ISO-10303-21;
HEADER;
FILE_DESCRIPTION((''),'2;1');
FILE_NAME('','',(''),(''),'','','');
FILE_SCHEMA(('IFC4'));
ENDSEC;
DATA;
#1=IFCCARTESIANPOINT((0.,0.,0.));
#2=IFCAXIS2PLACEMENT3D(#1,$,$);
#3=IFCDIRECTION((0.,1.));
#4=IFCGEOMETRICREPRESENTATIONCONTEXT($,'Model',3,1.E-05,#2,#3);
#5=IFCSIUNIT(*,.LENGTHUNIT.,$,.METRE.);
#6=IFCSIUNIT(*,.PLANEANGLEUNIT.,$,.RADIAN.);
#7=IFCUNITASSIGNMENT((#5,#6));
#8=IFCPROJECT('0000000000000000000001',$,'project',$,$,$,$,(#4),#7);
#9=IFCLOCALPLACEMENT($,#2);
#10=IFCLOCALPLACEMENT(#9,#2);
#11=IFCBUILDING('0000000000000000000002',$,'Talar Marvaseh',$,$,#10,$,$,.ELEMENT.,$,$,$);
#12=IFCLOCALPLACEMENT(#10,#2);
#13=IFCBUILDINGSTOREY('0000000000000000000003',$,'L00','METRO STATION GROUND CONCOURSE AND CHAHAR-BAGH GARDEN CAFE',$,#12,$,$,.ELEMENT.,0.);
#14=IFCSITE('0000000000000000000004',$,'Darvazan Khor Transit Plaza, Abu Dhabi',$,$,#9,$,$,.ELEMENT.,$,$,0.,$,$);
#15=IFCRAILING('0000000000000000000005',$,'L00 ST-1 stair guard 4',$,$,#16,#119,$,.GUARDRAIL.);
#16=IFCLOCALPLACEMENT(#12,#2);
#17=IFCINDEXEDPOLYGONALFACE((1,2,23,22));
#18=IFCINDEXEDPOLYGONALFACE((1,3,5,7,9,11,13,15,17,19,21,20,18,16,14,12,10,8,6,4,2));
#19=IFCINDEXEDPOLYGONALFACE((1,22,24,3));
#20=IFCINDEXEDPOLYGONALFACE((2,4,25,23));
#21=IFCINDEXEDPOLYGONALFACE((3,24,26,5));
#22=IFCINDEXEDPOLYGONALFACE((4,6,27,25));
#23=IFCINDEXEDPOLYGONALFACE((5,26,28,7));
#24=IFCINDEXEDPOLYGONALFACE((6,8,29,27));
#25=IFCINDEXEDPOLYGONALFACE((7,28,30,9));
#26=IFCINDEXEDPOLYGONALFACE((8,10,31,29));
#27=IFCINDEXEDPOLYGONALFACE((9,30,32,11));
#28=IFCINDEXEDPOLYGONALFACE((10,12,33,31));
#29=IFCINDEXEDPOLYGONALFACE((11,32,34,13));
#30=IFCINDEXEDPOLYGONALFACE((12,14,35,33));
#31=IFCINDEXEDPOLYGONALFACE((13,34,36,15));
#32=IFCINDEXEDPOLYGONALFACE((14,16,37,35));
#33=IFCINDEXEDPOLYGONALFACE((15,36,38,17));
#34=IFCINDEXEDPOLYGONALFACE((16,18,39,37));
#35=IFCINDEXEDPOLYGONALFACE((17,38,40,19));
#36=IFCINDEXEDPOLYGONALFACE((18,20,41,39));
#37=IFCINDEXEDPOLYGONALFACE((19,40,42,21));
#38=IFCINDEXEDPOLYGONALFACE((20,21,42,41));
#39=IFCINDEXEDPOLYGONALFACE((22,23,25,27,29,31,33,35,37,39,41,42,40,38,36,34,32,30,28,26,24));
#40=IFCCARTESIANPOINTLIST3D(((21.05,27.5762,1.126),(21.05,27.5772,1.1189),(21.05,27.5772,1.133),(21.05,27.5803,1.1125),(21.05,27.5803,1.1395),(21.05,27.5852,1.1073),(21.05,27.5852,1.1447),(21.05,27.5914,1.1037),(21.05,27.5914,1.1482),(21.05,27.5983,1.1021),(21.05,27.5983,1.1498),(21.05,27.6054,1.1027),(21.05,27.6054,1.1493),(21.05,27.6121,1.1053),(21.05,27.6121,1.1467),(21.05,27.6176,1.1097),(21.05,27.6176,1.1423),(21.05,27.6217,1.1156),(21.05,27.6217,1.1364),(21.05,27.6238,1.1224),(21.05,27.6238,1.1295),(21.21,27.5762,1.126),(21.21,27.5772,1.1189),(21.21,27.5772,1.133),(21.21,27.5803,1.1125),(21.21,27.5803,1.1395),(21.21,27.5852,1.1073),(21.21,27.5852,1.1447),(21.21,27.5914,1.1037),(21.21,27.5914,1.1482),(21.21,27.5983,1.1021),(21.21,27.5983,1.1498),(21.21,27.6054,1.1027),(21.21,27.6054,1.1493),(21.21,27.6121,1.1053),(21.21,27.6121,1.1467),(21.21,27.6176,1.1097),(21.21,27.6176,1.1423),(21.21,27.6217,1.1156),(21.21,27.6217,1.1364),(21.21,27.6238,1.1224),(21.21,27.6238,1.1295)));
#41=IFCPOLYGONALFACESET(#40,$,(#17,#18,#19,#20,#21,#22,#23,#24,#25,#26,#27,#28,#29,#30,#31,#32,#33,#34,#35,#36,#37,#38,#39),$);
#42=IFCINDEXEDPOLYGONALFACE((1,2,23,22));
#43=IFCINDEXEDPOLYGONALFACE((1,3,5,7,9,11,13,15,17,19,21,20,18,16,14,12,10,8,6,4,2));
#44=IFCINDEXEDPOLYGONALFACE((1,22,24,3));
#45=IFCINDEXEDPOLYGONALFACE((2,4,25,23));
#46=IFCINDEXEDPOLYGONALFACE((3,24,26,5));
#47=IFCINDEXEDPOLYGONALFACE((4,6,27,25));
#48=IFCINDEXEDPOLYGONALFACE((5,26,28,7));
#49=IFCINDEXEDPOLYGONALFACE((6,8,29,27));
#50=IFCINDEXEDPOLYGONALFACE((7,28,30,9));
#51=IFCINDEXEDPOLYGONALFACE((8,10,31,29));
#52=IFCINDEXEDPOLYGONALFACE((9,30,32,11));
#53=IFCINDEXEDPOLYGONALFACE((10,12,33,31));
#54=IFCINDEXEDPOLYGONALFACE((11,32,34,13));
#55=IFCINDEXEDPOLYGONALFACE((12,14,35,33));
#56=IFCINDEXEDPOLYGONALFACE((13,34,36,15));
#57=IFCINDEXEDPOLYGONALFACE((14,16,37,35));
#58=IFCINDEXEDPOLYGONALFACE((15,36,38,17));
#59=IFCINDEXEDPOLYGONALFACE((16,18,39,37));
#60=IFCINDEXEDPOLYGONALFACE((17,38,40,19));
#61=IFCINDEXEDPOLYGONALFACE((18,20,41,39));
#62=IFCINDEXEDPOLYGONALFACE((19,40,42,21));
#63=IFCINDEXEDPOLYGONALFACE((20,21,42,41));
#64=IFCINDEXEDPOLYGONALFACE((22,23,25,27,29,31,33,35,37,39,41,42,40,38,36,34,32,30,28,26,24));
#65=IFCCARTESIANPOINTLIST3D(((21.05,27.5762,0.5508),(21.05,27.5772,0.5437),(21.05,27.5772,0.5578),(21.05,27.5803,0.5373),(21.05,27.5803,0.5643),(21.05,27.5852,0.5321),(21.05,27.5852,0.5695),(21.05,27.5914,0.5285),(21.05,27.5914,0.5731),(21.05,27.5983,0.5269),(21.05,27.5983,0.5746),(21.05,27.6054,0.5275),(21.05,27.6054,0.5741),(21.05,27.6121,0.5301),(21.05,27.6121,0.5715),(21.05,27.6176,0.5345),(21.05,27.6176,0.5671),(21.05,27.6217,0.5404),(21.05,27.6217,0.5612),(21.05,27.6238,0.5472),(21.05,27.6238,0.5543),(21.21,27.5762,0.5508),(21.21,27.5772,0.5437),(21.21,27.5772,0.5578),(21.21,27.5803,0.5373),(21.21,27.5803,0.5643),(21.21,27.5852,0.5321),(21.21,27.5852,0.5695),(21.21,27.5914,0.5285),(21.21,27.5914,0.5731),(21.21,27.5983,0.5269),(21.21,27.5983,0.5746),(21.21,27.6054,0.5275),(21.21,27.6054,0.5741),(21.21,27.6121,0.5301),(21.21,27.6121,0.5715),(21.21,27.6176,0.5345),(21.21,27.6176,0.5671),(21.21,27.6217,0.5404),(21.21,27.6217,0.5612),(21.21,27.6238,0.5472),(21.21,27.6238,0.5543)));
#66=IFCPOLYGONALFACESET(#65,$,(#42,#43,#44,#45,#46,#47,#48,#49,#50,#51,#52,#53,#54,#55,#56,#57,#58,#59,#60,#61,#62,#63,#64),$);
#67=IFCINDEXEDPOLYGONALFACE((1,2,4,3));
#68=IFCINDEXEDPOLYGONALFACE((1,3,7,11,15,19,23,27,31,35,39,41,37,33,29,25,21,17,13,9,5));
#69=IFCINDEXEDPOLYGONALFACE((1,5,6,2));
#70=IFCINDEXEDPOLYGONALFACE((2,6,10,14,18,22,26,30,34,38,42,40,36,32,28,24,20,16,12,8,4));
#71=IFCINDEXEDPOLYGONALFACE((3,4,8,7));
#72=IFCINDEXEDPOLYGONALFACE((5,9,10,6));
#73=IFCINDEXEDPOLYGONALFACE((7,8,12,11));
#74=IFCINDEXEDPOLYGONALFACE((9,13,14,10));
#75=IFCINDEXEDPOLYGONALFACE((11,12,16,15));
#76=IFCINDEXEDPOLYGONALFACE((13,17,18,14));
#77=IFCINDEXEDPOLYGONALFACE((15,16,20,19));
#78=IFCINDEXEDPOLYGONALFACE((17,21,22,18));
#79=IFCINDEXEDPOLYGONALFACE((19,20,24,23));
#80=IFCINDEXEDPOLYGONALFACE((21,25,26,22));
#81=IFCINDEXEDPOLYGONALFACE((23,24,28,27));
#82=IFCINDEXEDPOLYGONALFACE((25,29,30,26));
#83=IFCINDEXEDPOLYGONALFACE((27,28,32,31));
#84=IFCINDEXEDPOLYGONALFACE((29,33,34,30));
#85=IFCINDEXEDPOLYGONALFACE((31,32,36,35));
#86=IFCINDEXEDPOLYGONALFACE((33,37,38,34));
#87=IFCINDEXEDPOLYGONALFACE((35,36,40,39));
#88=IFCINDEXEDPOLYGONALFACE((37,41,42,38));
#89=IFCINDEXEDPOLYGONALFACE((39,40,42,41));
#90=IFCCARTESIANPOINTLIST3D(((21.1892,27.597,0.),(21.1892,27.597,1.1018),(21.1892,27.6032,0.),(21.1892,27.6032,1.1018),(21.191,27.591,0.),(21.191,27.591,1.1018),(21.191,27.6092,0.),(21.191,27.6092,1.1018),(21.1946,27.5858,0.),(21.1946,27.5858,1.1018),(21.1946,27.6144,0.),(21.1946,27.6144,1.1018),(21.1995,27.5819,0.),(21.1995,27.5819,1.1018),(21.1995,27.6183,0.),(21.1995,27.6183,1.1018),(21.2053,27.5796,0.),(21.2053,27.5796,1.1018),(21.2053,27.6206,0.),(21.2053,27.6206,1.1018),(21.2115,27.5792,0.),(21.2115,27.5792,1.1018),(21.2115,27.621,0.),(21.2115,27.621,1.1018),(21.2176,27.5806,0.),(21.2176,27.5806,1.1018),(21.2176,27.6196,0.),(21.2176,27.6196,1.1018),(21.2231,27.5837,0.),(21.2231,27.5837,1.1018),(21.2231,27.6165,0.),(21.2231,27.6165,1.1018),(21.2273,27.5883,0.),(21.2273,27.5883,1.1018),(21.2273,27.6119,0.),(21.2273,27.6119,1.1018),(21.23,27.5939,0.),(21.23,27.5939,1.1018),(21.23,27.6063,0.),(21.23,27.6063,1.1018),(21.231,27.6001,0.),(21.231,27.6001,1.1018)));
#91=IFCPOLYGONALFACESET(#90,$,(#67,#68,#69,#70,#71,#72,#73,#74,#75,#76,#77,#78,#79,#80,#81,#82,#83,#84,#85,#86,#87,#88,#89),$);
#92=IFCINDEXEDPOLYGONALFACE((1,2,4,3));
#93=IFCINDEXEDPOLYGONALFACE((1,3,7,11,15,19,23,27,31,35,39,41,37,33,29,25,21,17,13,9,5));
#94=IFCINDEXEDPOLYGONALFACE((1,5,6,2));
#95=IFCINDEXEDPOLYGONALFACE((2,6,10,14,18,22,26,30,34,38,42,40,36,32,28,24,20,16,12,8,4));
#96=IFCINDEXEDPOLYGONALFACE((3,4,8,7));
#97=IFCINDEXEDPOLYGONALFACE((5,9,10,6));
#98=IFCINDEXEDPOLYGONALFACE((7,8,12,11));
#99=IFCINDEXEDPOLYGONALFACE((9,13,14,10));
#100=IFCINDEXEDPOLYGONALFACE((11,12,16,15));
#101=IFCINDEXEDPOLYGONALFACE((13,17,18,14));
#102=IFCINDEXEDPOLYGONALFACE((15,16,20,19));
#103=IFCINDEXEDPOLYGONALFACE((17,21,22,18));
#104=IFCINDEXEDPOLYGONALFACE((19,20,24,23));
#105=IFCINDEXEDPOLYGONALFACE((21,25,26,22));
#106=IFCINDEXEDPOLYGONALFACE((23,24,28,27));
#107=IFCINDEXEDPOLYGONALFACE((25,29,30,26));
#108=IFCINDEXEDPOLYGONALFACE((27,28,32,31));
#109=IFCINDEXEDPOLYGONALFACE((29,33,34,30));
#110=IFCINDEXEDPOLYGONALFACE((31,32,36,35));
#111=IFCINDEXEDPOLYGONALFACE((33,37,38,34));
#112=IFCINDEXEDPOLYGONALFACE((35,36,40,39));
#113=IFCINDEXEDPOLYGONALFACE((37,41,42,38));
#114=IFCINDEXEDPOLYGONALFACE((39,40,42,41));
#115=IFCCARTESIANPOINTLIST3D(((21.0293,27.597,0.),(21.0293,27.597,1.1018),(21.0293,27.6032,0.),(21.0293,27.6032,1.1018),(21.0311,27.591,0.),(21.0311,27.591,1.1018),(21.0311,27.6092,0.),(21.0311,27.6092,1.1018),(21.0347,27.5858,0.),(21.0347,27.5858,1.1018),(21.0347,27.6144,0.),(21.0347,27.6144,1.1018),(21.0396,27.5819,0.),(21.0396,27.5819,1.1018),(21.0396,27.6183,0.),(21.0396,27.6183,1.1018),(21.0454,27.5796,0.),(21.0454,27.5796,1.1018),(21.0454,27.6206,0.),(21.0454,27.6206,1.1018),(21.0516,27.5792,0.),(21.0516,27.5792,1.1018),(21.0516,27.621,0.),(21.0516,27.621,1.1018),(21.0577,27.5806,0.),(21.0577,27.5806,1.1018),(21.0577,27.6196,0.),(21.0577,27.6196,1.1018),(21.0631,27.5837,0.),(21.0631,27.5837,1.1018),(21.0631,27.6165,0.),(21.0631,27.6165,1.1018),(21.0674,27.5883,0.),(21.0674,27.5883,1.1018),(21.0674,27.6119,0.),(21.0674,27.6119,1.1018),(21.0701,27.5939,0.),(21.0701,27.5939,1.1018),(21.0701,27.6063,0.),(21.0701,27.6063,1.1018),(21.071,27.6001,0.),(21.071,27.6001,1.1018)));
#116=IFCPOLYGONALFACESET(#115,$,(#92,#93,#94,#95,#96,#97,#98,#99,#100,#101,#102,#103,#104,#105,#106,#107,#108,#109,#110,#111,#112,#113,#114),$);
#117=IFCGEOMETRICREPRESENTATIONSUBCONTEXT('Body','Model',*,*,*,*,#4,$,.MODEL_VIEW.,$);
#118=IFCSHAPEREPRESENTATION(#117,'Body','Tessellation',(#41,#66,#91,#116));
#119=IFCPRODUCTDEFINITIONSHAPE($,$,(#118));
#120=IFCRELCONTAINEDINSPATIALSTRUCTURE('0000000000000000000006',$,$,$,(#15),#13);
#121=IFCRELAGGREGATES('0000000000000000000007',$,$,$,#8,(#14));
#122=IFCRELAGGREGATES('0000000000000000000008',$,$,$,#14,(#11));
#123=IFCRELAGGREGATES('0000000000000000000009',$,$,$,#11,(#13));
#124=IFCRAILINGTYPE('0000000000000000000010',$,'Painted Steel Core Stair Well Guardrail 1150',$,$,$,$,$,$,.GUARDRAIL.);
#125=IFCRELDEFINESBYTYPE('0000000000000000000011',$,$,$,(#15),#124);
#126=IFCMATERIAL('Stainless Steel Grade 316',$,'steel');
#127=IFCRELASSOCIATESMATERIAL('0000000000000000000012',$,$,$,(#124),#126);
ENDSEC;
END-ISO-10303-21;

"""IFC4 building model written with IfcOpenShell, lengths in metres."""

from ifc_helpers import new_model, si_unit, direction, frame, origin, origin_2d, place, context, subcontext, project, spatial, circle, extrude, material, type_object, element, save


model = new_model("IFC4")

# Units and contexts
model_context = context("Model", 3, precision=1e-05, world=origin(), true_north=direction((0.0, 1.0)))
body_context = subcontext(model_context, "Body", "Model", "MODEL_VIEW")
ifc_project = project(units=[si_unit("LENGTHUNIT", "METRE"), si_unit("PLANEANGLEUNIT", "RADIAN")], contexts=[model_context])

# Site, building, storey
site_placement = place(None, origin())
site = spatial("IfcSite", under=ifc_project, at=site_placement, Name="Darvazan Khor Transit Plaza, Abu Dhabi", CompositionType="ELEMENT", RefElevation=0.0)
building_placement = place(site_placement, origin())
building = spatial("IfcBuilding", under=site, at=building_placement, Name="Talar Marvaseh", CompositionType="ELEMENT")
storey_placement = place(building_placement, origin())
storey = spatial("IfcBuildingStorey", under=building, at=storey_placement, Name="L00", Description="METRO STATION GROUND CONCOURSE AND CHAHAR-BAGH GARDEN CAFE", CompositionType="ELEMENT", Elevation=0.0)

# Shared definitions
ifc_material_1 = material(Name="Stainless Steel Grade 316", Category="steel")

# Railing
railing_type_1 = type_object("IfcRailingType", Name="Painted Steel Core Stair Well Guardrail 1150", PredefinedType="GUARDRAIL", material=ifc_material_1)
railing_1_placement = place(storey_placement, frame((21.21, 27.6001, 0.0)))
element("IfcRailing", 1, at=railing_1_placement, inside=storey, type_object=railing_type_1, Name="L00 ST-1 stair guard 4", PredefinedType="GUARDRAIL", context=body_context, shape_type="SweptSolid", body=[
    extrude(circle(Radius=0.0239, at=origin_2d()), frame((0.0, 0.0, 1.126), z_axis=(-1.0, 0.0, 0.0), x_axis=(0.0, -1.0, 0.0)), (0.0, 0.0, 1.0), 0.1599),
    extrude(circle(Radius=0.0239, at=origin_2d()), frame((0.0, 0.0, 0.5508), z_axis=(-1.0, 0.0, 0.0), x_axis=(0.0, -1.0, 0.0)), (0.0, 0.0, 1.0), 0.1599),
    extrude(circle(Radius=0.021, at=origin_2d()), origin(), (0.0, 0.0, 1.0), 1.1018),
    extrude(circle(Radius=0.021, at=origin_2d()), frame((-0.1599, 0.0, 0.0)), (0.0, 0.0, 1.0), 1.1018),
])

save(model, "model.ifc")
